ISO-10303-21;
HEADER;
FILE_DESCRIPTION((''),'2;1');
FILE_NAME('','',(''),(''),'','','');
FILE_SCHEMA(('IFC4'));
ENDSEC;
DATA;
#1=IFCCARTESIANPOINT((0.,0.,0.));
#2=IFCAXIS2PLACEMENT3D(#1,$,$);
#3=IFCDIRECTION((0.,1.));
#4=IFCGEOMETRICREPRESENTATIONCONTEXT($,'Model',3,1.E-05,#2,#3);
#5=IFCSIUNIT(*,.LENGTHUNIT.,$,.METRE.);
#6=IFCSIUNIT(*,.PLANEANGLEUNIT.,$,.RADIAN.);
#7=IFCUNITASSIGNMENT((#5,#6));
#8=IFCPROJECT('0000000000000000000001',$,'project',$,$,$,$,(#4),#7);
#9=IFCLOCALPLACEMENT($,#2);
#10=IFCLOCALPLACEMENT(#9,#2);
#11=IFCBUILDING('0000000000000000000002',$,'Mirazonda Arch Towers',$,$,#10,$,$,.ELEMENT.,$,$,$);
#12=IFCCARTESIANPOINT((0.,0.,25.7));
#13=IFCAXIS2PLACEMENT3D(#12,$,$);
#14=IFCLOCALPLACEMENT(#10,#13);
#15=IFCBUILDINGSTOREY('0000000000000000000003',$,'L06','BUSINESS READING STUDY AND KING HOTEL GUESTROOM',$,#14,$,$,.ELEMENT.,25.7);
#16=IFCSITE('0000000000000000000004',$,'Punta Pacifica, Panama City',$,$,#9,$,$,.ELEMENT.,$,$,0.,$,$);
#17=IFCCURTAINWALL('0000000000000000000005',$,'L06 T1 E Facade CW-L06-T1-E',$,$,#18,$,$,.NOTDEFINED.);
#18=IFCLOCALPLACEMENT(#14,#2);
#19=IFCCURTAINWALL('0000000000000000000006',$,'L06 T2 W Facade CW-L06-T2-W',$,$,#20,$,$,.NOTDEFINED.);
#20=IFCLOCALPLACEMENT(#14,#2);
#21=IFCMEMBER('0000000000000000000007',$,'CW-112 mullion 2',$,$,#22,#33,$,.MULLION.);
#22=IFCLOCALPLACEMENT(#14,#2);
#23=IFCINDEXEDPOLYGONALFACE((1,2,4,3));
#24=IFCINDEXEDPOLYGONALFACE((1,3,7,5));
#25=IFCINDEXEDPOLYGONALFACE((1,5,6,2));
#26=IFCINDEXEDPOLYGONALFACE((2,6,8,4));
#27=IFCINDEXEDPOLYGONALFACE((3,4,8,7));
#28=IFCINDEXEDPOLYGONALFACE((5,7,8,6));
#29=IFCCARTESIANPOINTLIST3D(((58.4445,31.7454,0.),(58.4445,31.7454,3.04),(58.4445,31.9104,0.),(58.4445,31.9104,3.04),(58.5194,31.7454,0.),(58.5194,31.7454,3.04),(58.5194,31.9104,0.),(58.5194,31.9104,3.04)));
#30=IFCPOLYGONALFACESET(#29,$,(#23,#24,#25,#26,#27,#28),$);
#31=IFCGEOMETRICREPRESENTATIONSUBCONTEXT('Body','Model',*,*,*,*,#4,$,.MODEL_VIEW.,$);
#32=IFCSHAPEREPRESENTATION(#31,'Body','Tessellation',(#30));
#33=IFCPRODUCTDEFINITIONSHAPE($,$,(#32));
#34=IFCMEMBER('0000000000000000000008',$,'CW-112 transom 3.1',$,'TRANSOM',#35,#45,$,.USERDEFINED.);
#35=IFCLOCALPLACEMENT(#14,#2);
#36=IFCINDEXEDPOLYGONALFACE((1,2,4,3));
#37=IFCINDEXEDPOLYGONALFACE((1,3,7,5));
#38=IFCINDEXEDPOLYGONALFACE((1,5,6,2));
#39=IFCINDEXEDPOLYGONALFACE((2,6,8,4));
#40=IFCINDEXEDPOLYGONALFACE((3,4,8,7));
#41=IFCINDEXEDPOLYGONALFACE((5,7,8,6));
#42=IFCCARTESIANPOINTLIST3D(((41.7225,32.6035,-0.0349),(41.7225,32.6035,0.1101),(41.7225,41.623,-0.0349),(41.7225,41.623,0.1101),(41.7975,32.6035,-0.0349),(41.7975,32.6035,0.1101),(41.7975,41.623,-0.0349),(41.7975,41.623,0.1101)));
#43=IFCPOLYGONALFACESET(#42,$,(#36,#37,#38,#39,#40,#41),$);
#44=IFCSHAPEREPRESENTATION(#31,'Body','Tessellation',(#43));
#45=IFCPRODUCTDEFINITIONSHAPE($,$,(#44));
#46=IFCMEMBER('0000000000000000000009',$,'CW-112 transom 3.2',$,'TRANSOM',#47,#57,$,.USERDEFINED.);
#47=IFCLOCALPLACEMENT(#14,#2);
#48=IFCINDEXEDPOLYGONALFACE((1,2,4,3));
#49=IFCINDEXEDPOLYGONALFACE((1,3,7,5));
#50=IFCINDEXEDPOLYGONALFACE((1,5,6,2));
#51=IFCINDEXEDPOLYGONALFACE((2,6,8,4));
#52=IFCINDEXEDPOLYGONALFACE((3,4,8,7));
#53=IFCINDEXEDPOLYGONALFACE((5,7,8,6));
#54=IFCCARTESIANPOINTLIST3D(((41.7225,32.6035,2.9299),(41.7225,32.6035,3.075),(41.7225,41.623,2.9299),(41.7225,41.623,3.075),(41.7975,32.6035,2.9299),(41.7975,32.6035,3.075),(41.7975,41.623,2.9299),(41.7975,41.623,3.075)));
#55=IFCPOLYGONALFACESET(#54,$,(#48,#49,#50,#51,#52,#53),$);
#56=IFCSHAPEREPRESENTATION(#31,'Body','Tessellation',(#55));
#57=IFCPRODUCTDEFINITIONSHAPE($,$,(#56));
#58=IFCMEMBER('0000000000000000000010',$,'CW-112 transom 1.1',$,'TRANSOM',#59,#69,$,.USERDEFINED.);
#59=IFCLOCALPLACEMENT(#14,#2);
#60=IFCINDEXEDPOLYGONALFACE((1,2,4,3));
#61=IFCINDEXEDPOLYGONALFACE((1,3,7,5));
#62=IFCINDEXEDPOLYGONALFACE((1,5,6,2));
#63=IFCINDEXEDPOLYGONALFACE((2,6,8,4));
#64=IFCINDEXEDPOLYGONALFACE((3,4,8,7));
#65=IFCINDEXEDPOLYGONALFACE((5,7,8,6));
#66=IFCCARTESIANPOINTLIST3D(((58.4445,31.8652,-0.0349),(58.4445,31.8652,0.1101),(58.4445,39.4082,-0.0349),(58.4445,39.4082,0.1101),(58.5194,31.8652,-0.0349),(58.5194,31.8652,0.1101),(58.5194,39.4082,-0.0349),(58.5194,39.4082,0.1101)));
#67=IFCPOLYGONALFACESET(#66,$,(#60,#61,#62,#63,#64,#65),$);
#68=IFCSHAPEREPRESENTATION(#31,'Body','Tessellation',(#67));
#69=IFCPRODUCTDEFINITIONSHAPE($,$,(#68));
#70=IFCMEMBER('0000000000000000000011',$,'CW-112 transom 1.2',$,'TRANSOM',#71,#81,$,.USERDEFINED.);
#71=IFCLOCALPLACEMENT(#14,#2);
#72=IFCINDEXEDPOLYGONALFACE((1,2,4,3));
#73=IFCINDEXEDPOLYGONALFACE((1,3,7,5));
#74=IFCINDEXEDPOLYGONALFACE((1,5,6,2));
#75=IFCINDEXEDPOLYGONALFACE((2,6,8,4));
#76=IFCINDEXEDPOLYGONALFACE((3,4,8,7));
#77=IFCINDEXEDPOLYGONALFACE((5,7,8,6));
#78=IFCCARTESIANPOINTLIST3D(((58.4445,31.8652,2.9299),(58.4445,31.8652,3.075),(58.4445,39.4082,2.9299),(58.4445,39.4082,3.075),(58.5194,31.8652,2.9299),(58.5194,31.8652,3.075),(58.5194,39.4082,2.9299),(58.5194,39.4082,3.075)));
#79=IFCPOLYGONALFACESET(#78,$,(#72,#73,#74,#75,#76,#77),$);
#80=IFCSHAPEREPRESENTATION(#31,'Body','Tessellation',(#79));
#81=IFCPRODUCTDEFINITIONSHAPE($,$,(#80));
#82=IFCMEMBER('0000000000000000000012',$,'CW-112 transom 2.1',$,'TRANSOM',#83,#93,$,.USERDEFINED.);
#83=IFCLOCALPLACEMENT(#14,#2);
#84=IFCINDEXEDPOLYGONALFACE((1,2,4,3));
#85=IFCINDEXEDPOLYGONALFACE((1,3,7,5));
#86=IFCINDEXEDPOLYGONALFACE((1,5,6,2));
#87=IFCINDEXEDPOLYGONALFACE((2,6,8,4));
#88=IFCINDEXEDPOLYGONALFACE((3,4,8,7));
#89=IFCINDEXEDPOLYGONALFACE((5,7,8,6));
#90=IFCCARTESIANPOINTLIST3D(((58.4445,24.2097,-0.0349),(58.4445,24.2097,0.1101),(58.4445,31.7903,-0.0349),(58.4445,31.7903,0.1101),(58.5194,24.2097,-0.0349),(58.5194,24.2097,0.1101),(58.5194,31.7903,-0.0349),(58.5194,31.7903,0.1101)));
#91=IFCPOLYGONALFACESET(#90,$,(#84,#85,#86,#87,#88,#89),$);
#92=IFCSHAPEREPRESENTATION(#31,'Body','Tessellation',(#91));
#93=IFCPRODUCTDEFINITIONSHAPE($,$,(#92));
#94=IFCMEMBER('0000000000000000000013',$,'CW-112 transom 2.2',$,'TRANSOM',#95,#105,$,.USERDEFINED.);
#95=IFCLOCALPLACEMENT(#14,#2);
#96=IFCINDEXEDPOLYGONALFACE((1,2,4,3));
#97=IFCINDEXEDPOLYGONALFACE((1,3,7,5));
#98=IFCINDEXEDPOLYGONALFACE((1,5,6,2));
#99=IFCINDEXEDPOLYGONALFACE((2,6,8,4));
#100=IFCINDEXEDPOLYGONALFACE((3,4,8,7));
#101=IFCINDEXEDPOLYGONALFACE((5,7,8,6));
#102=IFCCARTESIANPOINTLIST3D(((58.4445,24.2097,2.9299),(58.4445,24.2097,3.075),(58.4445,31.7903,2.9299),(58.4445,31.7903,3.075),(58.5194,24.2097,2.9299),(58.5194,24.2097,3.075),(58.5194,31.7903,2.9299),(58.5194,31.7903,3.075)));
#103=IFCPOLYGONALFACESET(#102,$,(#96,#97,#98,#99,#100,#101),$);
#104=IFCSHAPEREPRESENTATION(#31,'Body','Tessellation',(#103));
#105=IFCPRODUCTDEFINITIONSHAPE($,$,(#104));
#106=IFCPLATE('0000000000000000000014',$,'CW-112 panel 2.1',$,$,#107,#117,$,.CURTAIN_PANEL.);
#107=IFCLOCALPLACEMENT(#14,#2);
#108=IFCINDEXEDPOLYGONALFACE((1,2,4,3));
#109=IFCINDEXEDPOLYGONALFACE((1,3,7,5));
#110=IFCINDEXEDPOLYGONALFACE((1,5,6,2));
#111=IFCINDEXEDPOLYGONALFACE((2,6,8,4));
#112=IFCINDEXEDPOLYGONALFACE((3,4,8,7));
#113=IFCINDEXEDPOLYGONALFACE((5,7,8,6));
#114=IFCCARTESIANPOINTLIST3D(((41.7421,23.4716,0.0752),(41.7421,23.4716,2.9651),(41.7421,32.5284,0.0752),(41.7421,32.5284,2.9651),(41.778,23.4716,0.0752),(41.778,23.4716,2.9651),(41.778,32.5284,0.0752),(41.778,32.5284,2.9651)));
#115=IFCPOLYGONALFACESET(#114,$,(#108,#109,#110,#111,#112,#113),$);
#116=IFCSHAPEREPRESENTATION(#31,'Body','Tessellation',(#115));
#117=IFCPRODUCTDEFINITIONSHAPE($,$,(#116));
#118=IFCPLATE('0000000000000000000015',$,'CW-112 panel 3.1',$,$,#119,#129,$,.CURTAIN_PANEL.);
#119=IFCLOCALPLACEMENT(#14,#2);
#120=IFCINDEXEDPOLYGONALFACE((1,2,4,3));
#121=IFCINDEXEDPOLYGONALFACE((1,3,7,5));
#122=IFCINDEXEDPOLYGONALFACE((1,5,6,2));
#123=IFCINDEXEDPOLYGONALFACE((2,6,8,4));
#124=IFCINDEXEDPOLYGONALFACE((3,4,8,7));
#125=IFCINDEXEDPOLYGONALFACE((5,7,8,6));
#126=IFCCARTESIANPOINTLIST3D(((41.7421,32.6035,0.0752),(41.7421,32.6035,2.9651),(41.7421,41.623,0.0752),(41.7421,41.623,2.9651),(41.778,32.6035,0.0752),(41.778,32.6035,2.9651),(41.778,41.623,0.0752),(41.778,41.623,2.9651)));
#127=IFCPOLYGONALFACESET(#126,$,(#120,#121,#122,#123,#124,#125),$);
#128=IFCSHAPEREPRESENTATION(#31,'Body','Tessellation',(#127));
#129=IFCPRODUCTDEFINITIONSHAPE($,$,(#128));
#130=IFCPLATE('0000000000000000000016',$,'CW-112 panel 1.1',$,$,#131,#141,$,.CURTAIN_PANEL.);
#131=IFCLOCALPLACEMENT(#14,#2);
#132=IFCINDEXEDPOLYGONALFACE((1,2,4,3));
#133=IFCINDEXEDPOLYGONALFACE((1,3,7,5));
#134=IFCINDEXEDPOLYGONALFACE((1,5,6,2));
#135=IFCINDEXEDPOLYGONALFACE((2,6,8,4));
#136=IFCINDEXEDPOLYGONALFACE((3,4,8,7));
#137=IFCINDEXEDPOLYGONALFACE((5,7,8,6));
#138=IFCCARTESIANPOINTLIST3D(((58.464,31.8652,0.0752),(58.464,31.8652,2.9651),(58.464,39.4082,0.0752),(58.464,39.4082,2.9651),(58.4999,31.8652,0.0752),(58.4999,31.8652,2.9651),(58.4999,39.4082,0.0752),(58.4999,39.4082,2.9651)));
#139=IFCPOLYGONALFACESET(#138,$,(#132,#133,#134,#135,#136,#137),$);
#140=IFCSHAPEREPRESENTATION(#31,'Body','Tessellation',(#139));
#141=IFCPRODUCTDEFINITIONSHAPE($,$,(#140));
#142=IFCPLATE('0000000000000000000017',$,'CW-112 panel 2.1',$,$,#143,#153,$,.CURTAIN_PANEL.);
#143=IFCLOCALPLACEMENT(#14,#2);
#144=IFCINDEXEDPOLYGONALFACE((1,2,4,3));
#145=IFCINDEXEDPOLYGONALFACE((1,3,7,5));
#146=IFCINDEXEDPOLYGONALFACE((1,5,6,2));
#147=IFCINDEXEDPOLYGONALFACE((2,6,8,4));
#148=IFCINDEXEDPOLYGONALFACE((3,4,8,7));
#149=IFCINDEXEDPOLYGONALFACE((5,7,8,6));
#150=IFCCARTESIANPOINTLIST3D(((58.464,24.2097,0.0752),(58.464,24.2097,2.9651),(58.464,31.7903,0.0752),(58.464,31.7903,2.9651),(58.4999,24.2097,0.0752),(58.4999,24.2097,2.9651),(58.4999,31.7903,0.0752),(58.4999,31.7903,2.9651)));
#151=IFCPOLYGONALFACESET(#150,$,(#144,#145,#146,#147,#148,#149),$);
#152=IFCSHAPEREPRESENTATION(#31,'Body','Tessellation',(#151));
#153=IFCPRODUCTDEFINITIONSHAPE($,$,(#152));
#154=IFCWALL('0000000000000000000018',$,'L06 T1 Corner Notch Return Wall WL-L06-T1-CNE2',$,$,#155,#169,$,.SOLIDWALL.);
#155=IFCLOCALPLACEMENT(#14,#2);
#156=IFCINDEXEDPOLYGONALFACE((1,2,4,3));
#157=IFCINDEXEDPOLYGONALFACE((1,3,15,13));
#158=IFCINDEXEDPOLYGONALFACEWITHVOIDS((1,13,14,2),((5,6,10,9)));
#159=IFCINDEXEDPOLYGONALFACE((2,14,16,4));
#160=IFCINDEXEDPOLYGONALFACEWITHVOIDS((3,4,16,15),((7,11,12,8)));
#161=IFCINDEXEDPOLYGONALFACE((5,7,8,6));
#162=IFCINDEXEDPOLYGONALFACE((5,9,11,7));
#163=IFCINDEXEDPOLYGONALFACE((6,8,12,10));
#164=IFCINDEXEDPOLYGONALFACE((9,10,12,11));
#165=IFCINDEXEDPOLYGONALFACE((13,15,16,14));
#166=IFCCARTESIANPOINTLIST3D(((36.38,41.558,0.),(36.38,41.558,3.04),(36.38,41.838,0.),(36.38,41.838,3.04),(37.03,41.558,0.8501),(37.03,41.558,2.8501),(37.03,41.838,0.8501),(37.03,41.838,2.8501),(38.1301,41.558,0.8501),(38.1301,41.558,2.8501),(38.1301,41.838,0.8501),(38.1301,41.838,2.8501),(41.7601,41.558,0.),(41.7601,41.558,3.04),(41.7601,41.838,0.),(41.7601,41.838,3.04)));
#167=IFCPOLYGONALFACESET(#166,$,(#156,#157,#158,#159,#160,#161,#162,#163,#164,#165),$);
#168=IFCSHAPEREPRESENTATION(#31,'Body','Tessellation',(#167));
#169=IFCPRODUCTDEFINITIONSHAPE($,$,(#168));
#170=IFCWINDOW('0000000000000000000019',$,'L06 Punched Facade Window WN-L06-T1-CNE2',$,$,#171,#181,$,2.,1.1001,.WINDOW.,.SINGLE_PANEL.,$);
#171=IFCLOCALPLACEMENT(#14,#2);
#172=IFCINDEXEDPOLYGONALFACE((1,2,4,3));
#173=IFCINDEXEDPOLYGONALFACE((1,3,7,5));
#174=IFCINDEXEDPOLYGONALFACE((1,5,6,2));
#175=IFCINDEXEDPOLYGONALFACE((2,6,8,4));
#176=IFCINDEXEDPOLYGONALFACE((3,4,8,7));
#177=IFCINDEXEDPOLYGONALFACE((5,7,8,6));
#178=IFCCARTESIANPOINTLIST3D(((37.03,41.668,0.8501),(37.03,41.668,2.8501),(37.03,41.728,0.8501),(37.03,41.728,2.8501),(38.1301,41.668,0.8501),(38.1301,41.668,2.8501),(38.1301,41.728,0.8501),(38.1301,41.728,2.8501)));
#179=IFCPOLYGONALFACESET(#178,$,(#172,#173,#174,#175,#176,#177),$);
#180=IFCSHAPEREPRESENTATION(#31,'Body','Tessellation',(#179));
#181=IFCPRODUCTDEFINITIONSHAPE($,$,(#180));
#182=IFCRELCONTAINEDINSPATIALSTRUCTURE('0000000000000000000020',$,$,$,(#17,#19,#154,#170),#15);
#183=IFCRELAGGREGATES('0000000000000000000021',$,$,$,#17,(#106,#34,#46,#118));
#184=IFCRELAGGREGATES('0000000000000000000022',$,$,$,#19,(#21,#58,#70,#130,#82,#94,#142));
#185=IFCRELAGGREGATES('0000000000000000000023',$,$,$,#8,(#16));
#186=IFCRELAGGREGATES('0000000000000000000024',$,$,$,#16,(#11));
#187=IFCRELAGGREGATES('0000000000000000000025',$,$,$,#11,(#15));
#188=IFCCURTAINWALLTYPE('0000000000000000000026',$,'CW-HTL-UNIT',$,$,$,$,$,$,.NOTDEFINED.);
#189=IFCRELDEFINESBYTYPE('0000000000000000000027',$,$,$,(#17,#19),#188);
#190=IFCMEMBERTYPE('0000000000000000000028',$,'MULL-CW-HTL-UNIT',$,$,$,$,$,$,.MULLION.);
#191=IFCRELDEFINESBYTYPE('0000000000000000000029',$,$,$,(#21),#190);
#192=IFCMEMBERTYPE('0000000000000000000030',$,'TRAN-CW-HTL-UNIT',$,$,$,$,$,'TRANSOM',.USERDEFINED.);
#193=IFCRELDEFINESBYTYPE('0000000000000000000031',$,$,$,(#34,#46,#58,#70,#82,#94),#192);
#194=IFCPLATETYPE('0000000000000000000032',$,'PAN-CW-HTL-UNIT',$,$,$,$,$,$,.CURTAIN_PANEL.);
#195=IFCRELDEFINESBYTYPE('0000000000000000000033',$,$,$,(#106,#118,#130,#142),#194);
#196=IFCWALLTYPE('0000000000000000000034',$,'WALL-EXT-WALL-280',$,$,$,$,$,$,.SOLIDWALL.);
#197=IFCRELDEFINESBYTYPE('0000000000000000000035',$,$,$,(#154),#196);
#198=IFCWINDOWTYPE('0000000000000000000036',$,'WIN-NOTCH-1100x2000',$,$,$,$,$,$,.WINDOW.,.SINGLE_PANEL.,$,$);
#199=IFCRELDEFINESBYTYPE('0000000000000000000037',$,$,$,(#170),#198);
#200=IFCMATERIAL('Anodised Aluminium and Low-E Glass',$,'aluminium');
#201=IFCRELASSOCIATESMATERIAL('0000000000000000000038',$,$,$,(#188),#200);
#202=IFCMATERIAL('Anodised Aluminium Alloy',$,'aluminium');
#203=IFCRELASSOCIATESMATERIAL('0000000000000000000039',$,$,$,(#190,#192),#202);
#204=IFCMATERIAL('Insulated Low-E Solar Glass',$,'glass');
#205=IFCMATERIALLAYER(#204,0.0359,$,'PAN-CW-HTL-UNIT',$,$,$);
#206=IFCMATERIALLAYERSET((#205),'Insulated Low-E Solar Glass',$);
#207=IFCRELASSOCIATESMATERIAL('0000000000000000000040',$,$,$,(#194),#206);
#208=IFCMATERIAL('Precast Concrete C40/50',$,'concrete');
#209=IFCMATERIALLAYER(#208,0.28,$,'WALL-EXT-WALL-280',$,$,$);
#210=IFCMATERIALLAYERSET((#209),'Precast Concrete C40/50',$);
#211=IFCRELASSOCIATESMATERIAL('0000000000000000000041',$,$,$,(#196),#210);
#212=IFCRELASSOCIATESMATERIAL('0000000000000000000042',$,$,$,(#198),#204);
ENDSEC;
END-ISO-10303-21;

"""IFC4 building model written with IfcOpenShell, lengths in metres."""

from ifc_helpers import new_model, si_unit, direction, frame, frame_2d, origin, origin_2d, place, context, subcontext, project, spatial, rectangle, extrude, material, layer, layer_set, material_profile, profile_set, type_object, element, fill, aggregate, save


model = new_model("IFC4")

# Units and contexts
model_context = context("Model", 3, precision=1e-05, world=origin(), true_north=direction((0.0, 1.0)))
body_context = subcontext(model_context, "Body", "Model", "MODEL_VIEW")
ifc_project = project(units=[si_unit("LENGTHUNIT", "METRE"), si_unit("PLANEANGLEUNIT", "RADIAN")], contexts=[model_context])

# Site, building, storey
site_placement = place(None, origin())
site = spatial("IfcSite", under=ifc_project, at=site_placement, Name="Punta Pacifica, Panama City", CompositionType="ELEMENT", RefElevation=0.0)
building_placement = place(site_placement, origin())
building = spatial("IfcBuilding", under=site, at=building_placement, Name="Mirazonda Arch Towers", CompositionType="ELEMENT")
storey_placement = place(building_placement, frame((0.0, 0.0, 25.7)))
storey = spatial("IfcBuildingStorey", under=building, at=storey_placement, Name="L06", Description="BUSINESS READING STUDY AND KING HOTEL GUESTROOM", CompositionType="ELEMENT", Elevation=25.7)

# Curtain walls, member
ifc_material_1 = material(Name="Anodised Aluminium and Low-E Glass", Category="aluminium")
curtain_wall_type = type_object("IfcCurtainWallType", Name="CW-HTL-UNIT", PredefinedType="NOTDEFINED", material=ifc_material_1)
curtain_wall_1_placement = place(storey_placement, origin())
curtain_wall_1 = element("IfcCurtainWall", 1, at=curtain_wall_1_placement, inside=storey, type_object=curtain_wall_type, Name="L06 T1 E Facade CW-L06-T1-E", PredefinedType="NOTDEFINED")
ifc_material_2 = material(Name="Anodised Aluminium Alloy", Category="aluminium")
ifc_material_profile_1 = material_profile(ifc_material_2, rectangle(XDim=0.075, YDim=0.165, at=origin_2d()), Name="ALU-MULL-75x165")
ifc_profile_set_1 = profile_set([ifc_material_profile_1], Name="Anodised Aluminium Alloy")
member_type_1 = type_object("IfcMemberType", Name="MULL-CW-HTL-UNIT", PredefinedType="MULLION", material=ifc_profile_set_1)
curtain_wall_2_placement = place(storey_placement, origin())
curtain_wall_2 = element("IfcCurtainWall", 2, at=curtain_wall_2_placement, inside=storey, type_object=curtain_wall_type, Name="L06 T2 W Facade CW-L06-T2-W", PredefinedType="NOTDEFINED")
member_1_placement = place(storey_placement, frame((58.4819, 31.8279, 0.0), z_axis=(0.0, 0.0, 1.0), x_axis=(1.0, 0.0, 0.0)))
member_1 = element("IfcMember", 3, at=member_1_placement, type_object=member_type_1, Name="CW-112 mullion 2", PredefinedType="MULLION", context=body_context, shape_type="SweptSolid", body=[
    extrude(rectangle(XDim=0.075, YDim=0.165, at=origin_2d()), origin(), (0.0, 0.0, 1.0), 3.04),
])

# Members
ifc_material_profile_2 = material_profile(ifc_material_2, rectangle(XDim=0.075, YDim=0.145, at=origin_2d()), Name="ALU-TRAN-75x145")
ifc_profile_set_2 = profile_set([ifc_material_profile_2], Name="Anodised Aluminium Alloy")
member_type_2 = type_object("IfcMemberType", Name="TRAN-CW-HTL-UNIT", ElementType="TRANSOM", PredefinedType="USERDEFINED", material=ifc_profile_set_2)
member_2_placement = place(storey_placement, frame((41.76, 32.6035, 0.0376), z_axis=(0.0, 1.0, 0.0), x_axis=(-1.0, 0.0, 0.0)))
member_2 = element("IfcMember", 4, at=member_2_placement, type_object=member_type_2, Name="CW-112 transom 3.1", ObjectType="TRANSOM", PredefinedType="USERDEFINED", context=body_context, shape_type="SweptSolid", body=[
    extrude(rectangle(XDim=0.075, YDim=0.145, at=origin_2d()), origin(), (0.0, 0.0, 1.0), 9.0195),
])
member_3_placement = place(storey_placement, frame((41.76, 32.6035, 3.0024), z_axis=(0.0, 1.0, 0.0), x_axis=(-1.0, 0.0, 0.0)))
member_3 = element("IfcMember", 5, at=member_3_placement, type_object=member_type_2, Name="CW-112 transom 3.2", ObjectType="TRANSOM", PredefinedType="USERDEFINED", context=body_context, shape_type="SweptSolid", body=[
    extrude(rectangle(XDim=0.075, YDim=0.145, at=origin_2d()), origin(), (0.0, 0.0, 1.0), 9.0195),
])
member_4_placement = place(storey_placement, frame((58.4819, 39.4082, 0.0376), z_axis=(0.0, -1.0, 0.0), x_axis=(1.0, 0.0, 0.0)))
member_4 = element("IfcMember", 6, at=member_4_placement, type_object=member_type_2, Name="CW-112 transom 1.1", ObjectType="TRANSOM", PredefinedType="USERDEFINED", context=body_context, shape_type="SweptSolid", body=[
    extrude(rectangle(XDim=0.075, YDim=0.145, at=origin_2d()), origin(), (0.0, 0.0, 1.0), 7.543),
])
member_5_placement = place(storey_placement, frame((58.4819, 39.4082, 3.0024), z_axis=(0.0, -1.0, 0.0), x_axis=(1.0, 0.0, 0.0)))
member_5 = element("IfcMember", 7, at=member_5_placement, type_object=member_type_2, Name="CW-112 transom 1.2", ObjectType="TRANSOM", PredefinedType="USERDEFINED", context=body_context, shape_type="SweptSolid", body=[
    extrude(rectangle(XDim=0.075, YDim=0.145, at=origin_2d()), origin(), (0.0, 0.0, 1.0), 7.543),
])
member_6_placement = place(storey_placement, frame((58.4819, 31.7903, 0.0376), z_axis=(0.0, -1.0, 0.0), x_axis=(1.0, 0.0, 0.0)))
member_6 = element("IfcMember", 8, at=member_6_placement, type_object=member_type_2, Name="CW-112 transom 2.1", ObjectType="TRANSOM", PredefinedType="USERDEFINED", context=body_context, shape_type="SweptSolid", body=[
    extrude(rectangle(XDim=0.075, YDim=0.145, at=origin_2d()), origin(), (0.0, 0.0, 1.0), 7.5806),
])
member_7_placement = place(storey_placement, frame((58.4819, 31.7903, 3.0024), z_axis=(0.0, -1.0, 0.0), x_axis=(1.0, 0.0, 0.0)))
member_7 = element("IfcMember", 9, at=member_7_placement, type_object=member_type_2, Name="CW-112 transom 2.2", ObjectType="TRANSOM", PredefinedType="USERDEFINED", context=body_context, shape_type="SweptSolid", body=[
    extrude(rectangle(XDim=0.075, YDim=0.145, at=origin_2d()), origin(), (0.0, 0.0, 1.0), 7.5806),
])

# Plates
ifc_material_3 = material(Name="Insulated Low-E Solar Glass", Category="glass")
ifc_layer_1 = layer(ifc_material_3, 0.0359, Name="PAN-CW-HTL-UNIT")
ifc_layer_set_1 = layer_set([ifc_layer_1], Name="Insulated Low-E Solar Glass")
plate_type = type_object("IfcPlateType", Name="PAN-CW-HTL-UNIT", PredefinedType="CURTAIN_PANEL", material=ifc_layer_set_1)
plate_1_placement = place(storey_placement, frame((41.76, 28.0, 0.0752), z_axis=(0.0, 0.0, 1.0), x_axis=(0.0, 1.0, 0.0)))
plate_1 = element("IfcPlate", 10, at=plate_1_placement, type_object=plate_type, Name="CW-112 panel 2.1", PredefinedType="CURTAIN_PANEL", context=body_context, shape_type="SweptSolid", body=[
    extrude(rectangle(XDim=9.0569, YDim=0.0359, at=origin_2d()), origin(), (0.0, 0.0, 1.0), 2.8899),
])
plate_2_placement = place(storey_placement, frame((41.76, 37.1133, 0.0752), z_axis=(0.0, 0.0, 1.0), x_axis=(0.0, 1.0, 0.0)))
plate_2 = element("IfcPlate", 11, at=plate_2_placement, type_object=plate_type, Name="CW-112 panel 3.1", PredefinedType="CURTAIN_PANEL", context=body_context, shape_type="SweptSolid", body=[
    extrude(rectangle(XDim=9.0195, YDim=0.0359, at=origin_2d()), origin(), (0.0, 0.0, 1.0), 2.8899),
])
aggregate(curtain_wall_1, [plate_1, member_2, member_3, plate_2])
plate_3_placement = place(storey_placement, frame((58.4819, 35.6367, 0.0752), z_axis=(0.0, 0.0, 1.0), x_axis=(0.0, -1.0, 0.0)))
plate_3 = element("IfcPlate", 12, at=plate_3_placement, type_object=plate_type, Name="CW-112 panel 1.1", PredefinedType="CURTAIN_PANEL", context=body_context, shape_type="SweptSolid", body=[
    extrude(rectangle(XDim=7.543, YDim=0.0359, at=origin_2d()), origin(), (0.0, 0.0, 1.0), 2.8899),
])
plate_4_placement = place(storey_placement, frame((58.4819, 28.0, 0.0752), z_axis=(0.0, 0.0, 1.0), x_axis=(0.0, -1.0, 0.0)))
plate_4 = element("IfcPlate", 13, at=plate_4_placement, type_object=plate_type, Name="CW-112 panel 2.1", PredefinedType="CURTAIN_PANEL", context=body_context, shape_type="SweptSolid", body=[
    extrude(rectangle(XDim=7.5806, YDim=0.0359, at=origin_2d()), origin(), (0.0, 0.0, 1.0), 2.8899),
])
aggregate(curtain_wall_2, [member_1, member_4, member_5, plate_3, member_6, member_7, plate_4])

# Wall, opening, window
ifc_material_4 = material(Name="Precast Concrete C40/50", Category="concrete")
ifc_layer_2 = layer(ifc_material_4, 0.28, Name="WALL-EXT-WALL-280")
ifc_layer_set_2 = layer_set([ifc_layer_2], Name="Precast Concrete C40/50")
wall_type_1 = type_object("IfcWallType", Name="WALL-EXT-WALL-280", PredefinedType="SOLIDWALL", material=ifc_layer_set_2)
wall_1_placement = place(storey_placement, frame((41.76, 41.698, 0.0), z_axis=(0.0, 0.0, 1.0), x_axis=(-1.0, 0.0, 0.0)))
wall_1 = element("IfcWall", 14, at=wall_1_placement, inside=storey, type_object=wall_type_1, Name="L06 T1 Corner Notch Return Wall WL-L06-T1-CNE2", PredefinedType="SOLIDWALL", context=body_context, shape_type="SweptSolid", body=[
    extrude(rectangle(XDim=5.3801, YDim=0.28, at=frame_2d((2.6899, 0.0))), origin(), (0.0, 0.0, 1.0), 3.04),
])
opening_1_placement = place(wall_1_placement, frame((3.6299, 0.0, 0.8501)))
opening_1 = element("IfcOpeningElement", 15, at=opening_1_placement, cuts=wall_1, PredefinedType="OPENING", context=body_context, shape_type="SweptSolid", body=[
    extrude(rectangle(XDim=1.1001, YDim=2.0, at=frame_2d((0.55, 1.0))), frame((0.0, 0.1499, 0.0), z_axis=(0.0, -1.0, 0.0), x_axis=(1.0, 0.0, 0.0)), (0.0, 0.0, 1.0), 0.3),
])
window_type = type_object("IfcWindowType", Name="WIN-NOTCH-1100x2000", PartitioningType="SINGLE_PANEL", PredefinedType="WINDOW", material=ifc_material_3)
window_1_placement = place(opening_1_placement, origin())
window_1 = element("IfcWindow", 16, at=window_1_placement, inside=storey, type_object=window_type, Name="L06 Punched Facade Window WN-L06-T1-CNE2", OverallHeight=2.0, OverallWidth=1.1001, PartitioningType="SINGLE_PANEL", PredefinedType="WINDOW", context=body_context, shape_type="SweptSolid", body=[
    extrude(rectangle(XDim=1.1001, YDim=2.0, at=frame_2d((0.55, 1.0))), frame((0.0, 0.03, 0.0), z_axis=(0.0, -1.0, 0.0), x_axis=(1.0, 0.0, 0.0)), (0.0, 0.0, 1.0), 0.0601),
])
fill(opening_1, window_1)

save(model, "model.ifc")
